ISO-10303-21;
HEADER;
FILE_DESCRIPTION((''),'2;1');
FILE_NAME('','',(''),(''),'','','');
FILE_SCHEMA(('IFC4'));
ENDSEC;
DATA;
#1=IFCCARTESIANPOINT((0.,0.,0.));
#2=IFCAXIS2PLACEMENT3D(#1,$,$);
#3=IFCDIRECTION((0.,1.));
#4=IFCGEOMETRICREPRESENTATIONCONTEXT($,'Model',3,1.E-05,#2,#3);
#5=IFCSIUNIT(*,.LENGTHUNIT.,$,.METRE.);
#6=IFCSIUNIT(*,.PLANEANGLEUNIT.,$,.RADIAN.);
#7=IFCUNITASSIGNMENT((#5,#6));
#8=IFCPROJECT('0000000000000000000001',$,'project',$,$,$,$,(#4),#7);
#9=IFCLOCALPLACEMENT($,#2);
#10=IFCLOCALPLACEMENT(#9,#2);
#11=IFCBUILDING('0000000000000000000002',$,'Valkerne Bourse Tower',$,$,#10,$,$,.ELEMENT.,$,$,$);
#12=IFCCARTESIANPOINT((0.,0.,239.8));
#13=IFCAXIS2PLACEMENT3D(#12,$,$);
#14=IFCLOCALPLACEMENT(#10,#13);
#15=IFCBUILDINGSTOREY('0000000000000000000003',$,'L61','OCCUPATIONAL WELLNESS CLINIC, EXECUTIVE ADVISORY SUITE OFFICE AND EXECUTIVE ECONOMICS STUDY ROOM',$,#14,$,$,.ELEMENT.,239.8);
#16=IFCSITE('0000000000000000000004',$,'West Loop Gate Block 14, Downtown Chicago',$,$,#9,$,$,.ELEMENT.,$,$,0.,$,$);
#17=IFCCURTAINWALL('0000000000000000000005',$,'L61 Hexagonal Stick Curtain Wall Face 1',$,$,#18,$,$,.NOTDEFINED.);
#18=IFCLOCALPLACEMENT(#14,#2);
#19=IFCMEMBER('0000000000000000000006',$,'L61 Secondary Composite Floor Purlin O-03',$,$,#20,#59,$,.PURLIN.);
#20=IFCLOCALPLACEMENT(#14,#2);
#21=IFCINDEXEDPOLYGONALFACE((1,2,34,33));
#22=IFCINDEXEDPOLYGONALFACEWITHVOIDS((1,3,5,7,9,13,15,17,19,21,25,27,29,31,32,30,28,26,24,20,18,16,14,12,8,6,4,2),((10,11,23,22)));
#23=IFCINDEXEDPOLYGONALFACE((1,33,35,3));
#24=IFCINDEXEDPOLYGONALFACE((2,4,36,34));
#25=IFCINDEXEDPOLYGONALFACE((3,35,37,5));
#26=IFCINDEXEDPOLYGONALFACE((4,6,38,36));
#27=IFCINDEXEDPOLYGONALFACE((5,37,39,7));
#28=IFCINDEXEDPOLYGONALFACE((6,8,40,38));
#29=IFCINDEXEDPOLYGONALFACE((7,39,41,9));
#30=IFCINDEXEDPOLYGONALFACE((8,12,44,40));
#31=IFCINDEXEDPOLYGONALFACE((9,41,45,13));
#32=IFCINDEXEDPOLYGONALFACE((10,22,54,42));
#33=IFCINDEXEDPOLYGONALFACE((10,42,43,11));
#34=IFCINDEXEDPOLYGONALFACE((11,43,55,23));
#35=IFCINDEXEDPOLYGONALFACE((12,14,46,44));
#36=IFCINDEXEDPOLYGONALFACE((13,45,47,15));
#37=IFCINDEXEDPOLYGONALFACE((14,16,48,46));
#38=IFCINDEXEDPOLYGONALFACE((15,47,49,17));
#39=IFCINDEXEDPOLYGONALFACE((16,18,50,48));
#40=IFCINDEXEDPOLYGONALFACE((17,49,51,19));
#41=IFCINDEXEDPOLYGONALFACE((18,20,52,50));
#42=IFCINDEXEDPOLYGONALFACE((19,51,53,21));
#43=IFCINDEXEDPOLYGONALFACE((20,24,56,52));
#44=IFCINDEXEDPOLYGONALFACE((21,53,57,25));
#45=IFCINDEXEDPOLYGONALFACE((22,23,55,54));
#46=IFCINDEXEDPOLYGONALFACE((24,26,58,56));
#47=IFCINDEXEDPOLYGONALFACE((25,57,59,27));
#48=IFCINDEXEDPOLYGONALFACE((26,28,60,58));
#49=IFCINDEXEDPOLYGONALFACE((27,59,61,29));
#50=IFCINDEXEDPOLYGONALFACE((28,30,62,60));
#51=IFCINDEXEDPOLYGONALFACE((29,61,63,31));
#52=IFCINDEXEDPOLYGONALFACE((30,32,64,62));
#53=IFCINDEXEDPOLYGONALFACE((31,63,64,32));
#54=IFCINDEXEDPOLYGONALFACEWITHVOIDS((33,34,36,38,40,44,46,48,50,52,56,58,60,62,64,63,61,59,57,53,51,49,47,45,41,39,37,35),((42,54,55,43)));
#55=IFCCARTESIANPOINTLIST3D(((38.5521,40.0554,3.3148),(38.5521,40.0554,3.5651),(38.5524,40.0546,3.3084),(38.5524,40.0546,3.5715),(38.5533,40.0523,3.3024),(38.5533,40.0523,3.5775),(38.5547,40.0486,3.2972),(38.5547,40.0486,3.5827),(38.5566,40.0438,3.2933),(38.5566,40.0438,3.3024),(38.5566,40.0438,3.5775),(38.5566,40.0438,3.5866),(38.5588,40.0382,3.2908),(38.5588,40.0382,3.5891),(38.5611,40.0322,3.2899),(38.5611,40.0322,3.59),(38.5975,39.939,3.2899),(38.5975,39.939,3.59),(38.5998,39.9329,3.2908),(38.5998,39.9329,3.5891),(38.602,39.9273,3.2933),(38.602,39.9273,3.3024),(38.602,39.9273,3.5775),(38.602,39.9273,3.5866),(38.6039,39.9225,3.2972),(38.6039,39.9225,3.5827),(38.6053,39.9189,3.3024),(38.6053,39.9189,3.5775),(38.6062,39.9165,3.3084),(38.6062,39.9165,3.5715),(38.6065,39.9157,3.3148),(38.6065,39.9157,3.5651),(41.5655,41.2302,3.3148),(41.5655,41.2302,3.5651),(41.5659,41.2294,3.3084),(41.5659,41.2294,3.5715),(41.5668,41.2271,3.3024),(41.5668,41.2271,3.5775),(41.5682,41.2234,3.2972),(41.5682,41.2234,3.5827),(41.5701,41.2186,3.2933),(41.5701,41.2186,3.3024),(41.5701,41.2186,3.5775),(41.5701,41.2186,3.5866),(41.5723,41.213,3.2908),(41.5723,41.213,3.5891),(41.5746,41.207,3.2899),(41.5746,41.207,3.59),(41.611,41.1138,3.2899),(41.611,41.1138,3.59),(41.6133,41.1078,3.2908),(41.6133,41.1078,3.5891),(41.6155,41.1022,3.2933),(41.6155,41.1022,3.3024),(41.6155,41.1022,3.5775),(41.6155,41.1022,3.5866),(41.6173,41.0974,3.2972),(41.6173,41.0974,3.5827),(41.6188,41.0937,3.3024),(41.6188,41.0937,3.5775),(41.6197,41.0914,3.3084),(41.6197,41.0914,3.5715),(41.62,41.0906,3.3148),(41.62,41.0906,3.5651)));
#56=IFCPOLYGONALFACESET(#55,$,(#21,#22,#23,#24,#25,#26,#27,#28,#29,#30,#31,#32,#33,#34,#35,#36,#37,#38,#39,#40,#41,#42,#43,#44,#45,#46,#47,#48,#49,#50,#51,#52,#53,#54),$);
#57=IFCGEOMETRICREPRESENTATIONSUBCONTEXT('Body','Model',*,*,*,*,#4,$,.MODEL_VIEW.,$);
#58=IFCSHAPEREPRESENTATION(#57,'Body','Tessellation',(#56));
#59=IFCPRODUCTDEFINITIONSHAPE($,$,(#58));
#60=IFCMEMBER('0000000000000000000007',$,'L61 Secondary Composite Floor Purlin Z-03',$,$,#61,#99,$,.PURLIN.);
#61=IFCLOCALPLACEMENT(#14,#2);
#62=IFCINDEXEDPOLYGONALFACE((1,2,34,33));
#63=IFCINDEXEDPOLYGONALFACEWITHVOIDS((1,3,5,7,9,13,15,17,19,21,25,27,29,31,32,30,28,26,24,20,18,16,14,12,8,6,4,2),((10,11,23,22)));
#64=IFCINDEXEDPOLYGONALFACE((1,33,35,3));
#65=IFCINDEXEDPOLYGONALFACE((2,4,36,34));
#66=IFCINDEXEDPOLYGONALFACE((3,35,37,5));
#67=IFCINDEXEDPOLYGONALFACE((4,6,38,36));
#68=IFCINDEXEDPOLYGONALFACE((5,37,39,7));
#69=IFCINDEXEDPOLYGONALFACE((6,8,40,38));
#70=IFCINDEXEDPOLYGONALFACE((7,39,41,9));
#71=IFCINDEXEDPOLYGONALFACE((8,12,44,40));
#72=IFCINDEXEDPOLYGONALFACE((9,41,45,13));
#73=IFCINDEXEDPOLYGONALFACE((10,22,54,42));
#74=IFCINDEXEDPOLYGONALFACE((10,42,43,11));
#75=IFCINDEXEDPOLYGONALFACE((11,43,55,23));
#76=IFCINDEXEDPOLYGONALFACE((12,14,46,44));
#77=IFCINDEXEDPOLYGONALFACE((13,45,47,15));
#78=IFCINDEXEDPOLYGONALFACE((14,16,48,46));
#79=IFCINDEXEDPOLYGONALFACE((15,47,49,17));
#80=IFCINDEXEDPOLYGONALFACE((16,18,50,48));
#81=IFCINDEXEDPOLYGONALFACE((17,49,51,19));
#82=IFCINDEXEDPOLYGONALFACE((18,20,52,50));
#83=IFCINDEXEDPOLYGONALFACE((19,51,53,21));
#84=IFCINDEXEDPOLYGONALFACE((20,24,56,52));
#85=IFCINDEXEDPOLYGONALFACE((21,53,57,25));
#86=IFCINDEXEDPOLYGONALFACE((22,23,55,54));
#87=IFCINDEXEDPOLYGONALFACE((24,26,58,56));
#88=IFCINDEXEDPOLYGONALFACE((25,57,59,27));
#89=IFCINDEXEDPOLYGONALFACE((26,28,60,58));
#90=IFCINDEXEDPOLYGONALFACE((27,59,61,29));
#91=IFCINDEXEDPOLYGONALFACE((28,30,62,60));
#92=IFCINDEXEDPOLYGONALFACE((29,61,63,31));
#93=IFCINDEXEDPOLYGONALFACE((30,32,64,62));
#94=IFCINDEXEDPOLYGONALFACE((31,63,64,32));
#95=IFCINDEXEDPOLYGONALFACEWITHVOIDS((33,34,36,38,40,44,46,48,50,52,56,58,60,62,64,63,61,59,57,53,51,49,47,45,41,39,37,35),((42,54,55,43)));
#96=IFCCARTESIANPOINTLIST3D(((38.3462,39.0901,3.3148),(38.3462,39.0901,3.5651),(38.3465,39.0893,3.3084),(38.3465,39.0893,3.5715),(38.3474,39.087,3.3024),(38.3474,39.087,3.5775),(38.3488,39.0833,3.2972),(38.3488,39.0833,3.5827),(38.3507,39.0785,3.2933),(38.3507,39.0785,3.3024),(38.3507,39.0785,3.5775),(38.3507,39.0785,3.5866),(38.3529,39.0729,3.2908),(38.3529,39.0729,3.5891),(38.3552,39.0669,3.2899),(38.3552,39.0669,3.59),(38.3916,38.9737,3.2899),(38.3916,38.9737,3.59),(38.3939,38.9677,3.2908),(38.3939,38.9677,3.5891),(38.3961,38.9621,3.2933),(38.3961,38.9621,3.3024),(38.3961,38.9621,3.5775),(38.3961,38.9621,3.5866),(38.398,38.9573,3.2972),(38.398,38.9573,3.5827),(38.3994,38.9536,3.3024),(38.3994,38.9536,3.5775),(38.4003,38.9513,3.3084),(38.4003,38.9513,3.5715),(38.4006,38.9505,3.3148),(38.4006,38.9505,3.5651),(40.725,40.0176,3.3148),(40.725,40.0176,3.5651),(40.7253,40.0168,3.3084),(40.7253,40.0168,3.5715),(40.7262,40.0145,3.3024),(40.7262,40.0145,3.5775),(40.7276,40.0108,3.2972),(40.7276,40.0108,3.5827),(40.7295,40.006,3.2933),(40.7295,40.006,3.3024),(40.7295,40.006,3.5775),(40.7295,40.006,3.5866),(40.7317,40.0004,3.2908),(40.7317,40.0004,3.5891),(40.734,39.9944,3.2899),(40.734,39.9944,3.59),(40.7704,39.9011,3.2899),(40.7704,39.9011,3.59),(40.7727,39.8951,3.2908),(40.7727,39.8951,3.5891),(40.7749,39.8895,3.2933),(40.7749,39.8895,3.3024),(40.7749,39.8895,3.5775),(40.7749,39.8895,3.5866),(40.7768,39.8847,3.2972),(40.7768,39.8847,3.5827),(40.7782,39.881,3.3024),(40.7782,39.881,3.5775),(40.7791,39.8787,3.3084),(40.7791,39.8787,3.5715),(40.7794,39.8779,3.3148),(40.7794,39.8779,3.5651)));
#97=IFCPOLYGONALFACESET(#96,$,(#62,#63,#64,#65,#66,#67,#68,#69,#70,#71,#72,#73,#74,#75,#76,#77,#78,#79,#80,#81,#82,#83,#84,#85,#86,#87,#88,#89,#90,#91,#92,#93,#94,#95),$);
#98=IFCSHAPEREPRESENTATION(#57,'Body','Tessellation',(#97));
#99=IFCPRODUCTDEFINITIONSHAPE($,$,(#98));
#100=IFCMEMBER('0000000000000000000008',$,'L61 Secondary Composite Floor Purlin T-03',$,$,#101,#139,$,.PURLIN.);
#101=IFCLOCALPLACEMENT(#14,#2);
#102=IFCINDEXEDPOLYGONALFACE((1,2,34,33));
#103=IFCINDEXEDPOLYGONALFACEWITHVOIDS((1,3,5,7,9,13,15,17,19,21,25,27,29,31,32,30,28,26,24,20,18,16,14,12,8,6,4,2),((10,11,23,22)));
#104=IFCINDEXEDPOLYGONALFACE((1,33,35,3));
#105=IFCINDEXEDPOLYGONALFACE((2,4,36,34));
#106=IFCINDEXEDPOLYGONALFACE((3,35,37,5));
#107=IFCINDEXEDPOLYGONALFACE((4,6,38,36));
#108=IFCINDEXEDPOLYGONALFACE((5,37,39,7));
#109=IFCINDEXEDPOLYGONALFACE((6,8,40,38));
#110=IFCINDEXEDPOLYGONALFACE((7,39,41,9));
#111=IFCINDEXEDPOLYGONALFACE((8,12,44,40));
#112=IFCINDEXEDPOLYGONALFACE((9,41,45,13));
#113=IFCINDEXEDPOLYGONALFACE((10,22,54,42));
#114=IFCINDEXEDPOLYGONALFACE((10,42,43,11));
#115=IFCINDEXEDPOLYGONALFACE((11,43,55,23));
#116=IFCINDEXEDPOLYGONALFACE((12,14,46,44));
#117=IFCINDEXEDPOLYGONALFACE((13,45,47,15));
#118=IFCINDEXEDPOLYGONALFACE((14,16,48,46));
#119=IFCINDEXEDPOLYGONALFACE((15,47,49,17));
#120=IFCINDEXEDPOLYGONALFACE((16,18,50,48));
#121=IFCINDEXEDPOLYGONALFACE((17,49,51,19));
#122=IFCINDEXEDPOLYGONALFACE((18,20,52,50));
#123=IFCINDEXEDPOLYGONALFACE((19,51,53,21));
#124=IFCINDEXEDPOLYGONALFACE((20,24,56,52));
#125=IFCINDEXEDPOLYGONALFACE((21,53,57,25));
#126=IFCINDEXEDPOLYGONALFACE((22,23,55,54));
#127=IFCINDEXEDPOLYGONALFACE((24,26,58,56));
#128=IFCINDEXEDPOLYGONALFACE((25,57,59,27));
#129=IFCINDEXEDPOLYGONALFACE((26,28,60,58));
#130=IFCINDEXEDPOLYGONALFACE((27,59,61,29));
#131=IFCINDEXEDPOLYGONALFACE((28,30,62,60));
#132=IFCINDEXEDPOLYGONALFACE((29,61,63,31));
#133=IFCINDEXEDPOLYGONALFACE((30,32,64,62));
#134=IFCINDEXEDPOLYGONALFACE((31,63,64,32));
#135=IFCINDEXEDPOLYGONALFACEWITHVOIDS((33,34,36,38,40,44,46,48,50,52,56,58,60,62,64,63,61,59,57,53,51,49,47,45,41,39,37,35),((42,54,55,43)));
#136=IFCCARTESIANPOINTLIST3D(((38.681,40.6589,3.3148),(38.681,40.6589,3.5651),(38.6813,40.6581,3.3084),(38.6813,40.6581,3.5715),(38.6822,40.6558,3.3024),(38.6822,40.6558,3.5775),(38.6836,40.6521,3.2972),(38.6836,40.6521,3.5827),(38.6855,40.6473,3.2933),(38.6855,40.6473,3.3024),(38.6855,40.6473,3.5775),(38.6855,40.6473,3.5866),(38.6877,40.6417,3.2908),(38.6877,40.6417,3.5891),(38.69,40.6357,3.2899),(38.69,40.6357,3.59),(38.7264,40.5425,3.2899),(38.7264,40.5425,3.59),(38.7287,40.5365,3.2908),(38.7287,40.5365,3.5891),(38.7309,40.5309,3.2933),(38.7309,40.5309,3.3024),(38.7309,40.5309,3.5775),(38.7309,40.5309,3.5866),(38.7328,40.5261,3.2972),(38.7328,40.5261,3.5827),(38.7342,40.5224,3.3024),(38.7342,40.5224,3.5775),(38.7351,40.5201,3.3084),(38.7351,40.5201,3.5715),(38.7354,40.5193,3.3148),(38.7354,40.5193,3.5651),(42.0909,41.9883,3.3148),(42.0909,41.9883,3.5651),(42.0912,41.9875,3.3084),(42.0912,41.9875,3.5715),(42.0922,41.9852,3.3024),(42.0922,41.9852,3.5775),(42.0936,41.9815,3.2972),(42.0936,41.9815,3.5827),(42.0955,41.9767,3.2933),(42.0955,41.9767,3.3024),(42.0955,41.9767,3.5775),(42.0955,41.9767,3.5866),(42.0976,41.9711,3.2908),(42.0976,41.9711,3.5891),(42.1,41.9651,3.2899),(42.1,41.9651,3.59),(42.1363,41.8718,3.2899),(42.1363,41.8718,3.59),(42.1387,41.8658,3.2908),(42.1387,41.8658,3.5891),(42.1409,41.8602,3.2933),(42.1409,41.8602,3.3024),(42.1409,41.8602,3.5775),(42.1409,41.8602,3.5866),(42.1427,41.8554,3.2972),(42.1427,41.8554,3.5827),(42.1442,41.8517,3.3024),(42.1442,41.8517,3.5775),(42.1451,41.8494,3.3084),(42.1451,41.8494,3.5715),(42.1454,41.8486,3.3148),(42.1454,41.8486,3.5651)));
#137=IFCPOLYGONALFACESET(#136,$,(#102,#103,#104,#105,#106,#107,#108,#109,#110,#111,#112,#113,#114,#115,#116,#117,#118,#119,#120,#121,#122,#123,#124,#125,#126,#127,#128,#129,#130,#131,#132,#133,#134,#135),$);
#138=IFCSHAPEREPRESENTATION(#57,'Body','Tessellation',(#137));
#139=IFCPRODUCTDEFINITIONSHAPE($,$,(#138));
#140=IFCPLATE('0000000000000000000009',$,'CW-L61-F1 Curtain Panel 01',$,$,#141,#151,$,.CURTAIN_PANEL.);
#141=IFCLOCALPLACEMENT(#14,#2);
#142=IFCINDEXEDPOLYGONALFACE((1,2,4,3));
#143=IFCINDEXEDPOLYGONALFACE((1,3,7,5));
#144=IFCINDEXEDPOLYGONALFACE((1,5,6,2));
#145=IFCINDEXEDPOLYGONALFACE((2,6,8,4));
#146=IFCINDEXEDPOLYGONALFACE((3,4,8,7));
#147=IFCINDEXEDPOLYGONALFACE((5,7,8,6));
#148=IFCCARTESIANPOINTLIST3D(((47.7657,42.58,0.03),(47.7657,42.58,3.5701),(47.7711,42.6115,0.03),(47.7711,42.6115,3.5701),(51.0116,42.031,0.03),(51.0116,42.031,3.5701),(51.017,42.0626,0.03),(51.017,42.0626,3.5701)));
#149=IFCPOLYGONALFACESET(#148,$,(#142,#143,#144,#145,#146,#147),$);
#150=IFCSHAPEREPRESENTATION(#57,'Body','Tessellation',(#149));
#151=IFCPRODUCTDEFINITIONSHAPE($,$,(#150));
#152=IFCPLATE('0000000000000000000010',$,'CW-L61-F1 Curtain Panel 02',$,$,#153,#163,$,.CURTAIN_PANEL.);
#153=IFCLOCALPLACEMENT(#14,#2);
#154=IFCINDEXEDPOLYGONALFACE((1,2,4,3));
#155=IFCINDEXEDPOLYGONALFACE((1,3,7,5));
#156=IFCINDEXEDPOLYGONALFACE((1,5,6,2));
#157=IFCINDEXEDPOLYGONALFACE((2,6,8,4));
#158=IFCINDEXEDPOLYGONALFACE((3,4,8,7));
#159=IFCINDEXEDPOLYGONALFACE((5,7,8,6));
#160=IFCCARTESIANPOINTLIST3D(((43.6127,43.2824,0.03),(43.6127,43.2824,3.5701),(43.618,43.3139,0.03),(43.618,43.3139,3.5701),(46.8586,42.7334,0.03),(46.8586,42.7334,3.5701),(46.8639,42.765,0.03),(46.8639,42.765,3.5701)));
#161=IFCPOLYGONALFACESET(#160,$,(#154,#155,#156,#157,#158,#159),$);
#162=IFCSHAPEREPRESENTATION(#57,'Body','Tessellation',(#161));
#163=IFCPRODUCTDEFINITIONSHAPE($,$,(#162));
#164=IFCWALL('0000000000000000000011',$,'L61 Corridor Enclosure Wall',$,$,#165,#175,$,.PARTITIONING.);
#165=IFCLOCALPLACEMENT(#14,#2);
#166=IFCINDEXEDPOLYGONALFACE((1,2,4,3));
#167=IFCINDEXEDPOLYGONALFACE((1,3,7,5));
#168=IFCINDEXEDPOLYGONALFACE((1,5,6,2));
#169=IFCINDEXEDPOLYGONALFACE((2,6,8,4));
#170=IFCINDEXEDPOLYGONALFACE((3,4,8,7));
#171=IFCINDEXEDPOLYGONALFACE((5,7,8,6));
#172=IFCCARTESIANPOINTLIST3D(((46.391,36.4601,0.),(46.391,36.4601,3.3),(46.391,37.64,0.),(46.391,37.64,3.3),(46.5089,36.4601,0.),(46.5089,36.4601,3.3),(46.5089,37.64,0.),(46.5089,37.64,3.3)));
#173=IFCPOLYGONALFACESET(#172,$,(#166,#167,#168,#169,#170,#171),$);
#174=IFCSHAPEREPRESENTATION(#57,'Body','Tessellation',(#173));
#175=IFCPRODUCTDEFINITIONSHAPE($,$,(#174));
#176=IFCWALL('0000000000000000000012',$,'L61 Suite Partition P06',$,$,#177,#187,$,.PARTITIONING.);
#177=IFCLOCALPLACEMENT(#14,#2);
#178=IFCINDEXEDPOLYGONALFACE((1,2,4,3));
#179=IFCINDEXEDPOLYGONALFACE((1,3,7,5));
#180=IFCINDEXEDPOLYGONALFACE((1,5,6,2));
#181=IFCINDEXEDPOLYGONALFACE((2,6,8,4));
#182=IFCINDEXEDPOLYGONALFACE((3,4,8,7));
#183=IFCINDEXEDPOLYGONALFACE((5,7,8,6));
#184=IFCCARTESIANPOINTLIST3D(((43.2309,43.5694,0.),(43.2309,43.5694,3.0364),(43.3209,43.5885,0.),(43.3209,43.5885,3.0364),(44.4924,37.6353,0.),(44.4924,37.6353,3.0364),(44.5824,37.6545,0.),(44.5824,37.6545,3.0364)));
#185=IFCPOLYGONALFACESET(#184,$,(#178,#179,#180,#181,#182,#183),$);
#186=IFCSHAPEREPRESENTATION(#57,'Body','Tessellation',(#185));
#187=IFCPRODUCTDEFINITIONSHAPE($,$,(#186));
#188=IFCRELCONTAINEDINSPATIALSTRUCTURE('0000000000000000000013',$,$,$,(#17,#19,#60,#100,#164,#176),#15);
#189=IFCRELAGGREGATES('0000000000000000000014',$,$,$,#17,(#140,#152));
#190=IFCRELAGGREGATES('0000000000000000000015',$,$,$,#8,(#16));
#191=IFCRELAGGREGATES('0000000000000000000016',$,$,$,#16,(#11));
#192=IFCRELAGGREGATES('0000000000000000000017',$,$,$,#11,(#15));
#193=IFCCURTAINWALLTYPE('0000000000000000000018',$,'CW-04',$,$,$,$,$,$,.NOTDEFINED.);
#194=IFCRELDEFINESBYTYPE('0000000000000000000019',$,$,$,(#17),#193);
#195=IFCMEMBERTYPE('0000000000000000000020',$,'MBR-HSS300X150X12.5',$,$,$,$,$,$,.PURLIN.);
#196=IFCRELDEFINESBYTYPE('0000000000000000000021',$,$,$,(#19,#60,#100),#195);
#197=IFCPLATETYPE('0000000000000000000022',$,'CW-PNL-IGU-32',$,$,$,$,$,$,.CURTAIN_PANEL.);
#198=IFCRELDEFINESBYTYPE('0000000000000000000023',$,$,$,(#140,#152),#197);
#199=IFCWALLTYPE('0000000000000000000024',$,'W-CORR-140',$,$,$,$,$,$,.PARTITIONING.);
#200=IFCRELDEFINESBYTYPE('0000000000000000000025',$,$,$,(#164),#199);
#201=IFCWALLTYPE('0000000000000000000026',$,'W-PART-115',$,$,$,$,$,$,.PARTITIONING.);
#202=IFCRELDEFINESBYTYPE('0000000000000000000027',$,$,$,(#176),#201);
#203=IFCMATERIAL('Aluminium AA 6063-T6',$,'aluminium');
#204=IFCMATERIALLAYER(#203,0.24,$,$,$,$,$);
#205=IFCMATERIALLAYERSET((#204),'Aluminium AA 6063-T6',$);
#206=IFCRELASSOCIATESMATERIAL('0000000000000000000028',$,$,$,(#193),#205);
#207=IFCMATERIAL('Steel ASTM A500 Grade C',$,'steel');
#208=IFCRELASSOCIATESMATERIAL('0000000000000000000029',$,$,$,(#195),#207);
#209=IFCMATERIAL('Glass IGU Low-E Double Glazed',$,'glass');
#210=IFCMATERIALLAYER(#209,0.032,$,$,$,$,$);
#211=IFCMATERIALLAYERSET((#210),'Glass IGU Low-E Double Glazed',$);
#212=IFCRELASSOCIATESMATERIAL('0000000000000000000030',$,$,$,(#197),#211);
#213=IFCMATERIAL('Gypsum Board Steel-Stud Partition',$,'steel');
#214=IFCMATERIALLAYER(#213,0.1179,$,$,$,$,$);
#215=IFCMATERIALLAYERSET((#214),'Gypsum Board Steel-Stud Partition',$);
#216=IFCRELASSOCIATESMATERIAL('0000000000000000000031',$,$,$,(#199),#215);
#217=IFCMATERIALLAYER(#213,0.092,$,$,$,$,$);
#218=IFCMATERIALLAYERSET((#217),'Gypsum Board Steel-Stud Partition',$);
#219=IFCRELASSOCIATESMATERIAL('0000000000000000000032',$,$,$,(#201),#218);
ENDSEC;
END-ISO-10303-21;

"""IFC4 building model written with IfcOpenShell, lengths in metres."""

from ifc_helpers import new_model, si_unit, direction, frame, frame_2d, origin, origin_2d, place, context, subcontext, project, spatial, rectangle, hollow_rectangle, extrude, material, layer, layer_set, material_profile, profile_set, type_object, element, aggregate, save


model = new_model("IFC4")

# Units and contexts
model_context = context("Model", 3, precision=1e-05, world=origin(), true_north=direction((0.0, 1.0)))
body_context = subcontext(model_context, "Body", "Model", "MODEL_VIEW")
ifc_project = project(units=[si_unit("LENGTHUNIT", "METRE"), si_unit("PLANEANGLEUNIT", "RADIAN")], contexts=[model_context])

# Site, building, storey
site_placement = place(None, origin())
site = spatial("IfcSite", under=ifc_project, at=site_placement, Name="West Loop Gate Block 14, Downtown Chicago", CompositionType="ELEMENT", RefElevation=0.0)
building_placement = place(site_placement, origin())
building = spatial("IfcBuilding", under=site, at=building_placement, Name="Valkerne Bourse Tower", CompositionType="ELEMENT")
storey_placement = place(building_placement, frame((0.0, 0.0, 239.8)))
storey = spatial("IfcBuildingStorey", under=building, at=storey_placement, Name="L61", Description="OCCUPATIONAL WELLNESS CLINIC, EXECUTIVE ADVISORY SUITE OFFICE AND EXECUTIVE ECONOMICS STUDY ROOM", CompositionType="ELEMENT", Elevation=239.8)

# Curtain wall
ifc_material_1 = material(Name="Aluminium AA 6063-T6", Category="aluminium")
ifc_layer_1 = layer(ifc_material_1, 0.24)
ifc_layer_set_1 = layer_set([ifc_layer_1], Name="Aluminium AA 6063-T6")
curtain_wall_type = type_object("IfcCurtainWallType", Name="CW-04", PredefinedType="NOTDEFINED", material=ifc_layer_set_1)
curtain_wall_placement = place(storey_placement, origin())
curtain_wall = element("IfcCurtainWall", 1, at=curtain_wall_placement, inside=storey, type_object=curtain_wall_type, Name="L61 Hexagonal Stick Curtain Wall Face 1", PredefinedType="NOTDEFINED")

# Members
ifc_material_2 = material(Name="Steel ASTM A500 Grade C", Category="steel")
ifc_material_profile_1 = material_profile(ifc_material_2, hollow_rectangle(XDim=0.1499, YDim=0.3, WallThickness=0.0125, OuterFilletRadius=0.0249, at=origin_2d()), Name="HSS300X150X12.5")
ifc_profile_set_1 = profile_set([ifc_material_profile_1], Name="Steel ASTM A500 Grade C")
member_type_1 = type_object("IfcMemberType", Name="MBR-HSS300X150X12.5", PredefinedType="PURLIN", material=ifc_profile_set_1)
member_1_placement = place(storey_placement, frame((41.5928, 41.1604, 3.4399), z_axis=(-0.9317, -0.363229, 0.0), x_axis=(0.363229, -0.9317, 0.0)))
element("IfcMember", 2, at=member_1_placement, inside=storey, type_object=member_type_1, Name="L61 Secondary Composite Floor Purlin O-03", PredefinedType="PURLIN", context=body_context, shape_type="SweptSolid", body=[
    extrude(hollow_rectangle(XDim=0.1499, YDim=0.3, WallThickness=0.0125, OuterFilletRadius=0.0249, at=origin_2d()), origin(), (0.0, 0.0, 1.0), 3.2344),
])
member_2_placement = place(storey_placement, frame((40.7522, 39.9478, 3.4399), z_axis=(-0.931692, -0.363249, 0.0), x_axis=(0.363249, -0.931692, 0.0)))
element("IfcMember", 3, at=member_2_placement, inside=storey, type_object=member_type_1, Name="L61 Secondary Composite Floor Purlin Z-03", PredefinedType="PURLIN", context=body_context, shape_type="SweptSolid", body=[
    extrude(hollow_rectangle(XDim=0.1499, YDim=0.3, WallThickness=0.0125, OuterFilletRadius=0.0249, at=origin_2d()), origin(), (0.0, 0.0, 1.0), 2.5532),
])
member_3_placement = place(storey_placement, frame((42.1182, 41.9185, 3.4399), z_axis=(-0.931703, -0.363222, 0.0), x_axis=(0.363222, -0.931703, 0.0)))
element("IfcMember", 4, at=member_3_placement, inside=storey, type_object=member_type_1, Name="L61 Secondary Composite Floor Purlin T-03", PredefinedType="PURLIN", context=body_context, shape_type="SweptSolid", body=[
    extrude(hollow_rectangle(XDim=0.1499, YDim=0.3, WallThickness=0.0125, OuterFilletRadius=0.0249, at=origin_2d()), origin(), (0.0, 0.0, 1.0), 3.6599),
])

# Plates
ifc_material_3 = material(Name="Glass IGU Low-E Double Glazed", Category="glass")
ifc_layer_2 = layer(ifc_material_3, 0.032)
ifc_layer_set_2 = layer_set([ifc_layer_2], Name="Glass IGU Low-E Double Glazed")
plate_type = type_object("IfcPlateType", Name="CW-PNL-IGU-32", PredefinedType="CURTAIN_PANEL", material=ifc_layer_set_2)
plate_1_placement = place(storey_placement, frame((49.3914, 42.3213, 0.03), z_axis=(0.0, 0.0, 1.0), x_axis=(-0.985997, 0.166762, 0.0)))
plate_1 = element("IfcPlate", 5, at=plate_1_placement, type_object=plate_type, Name="CW-L61-F1 Curtain Panel 01", PredefinedType="CURTAIN_PANEL", context=body_context, shape_type="SweptSolid", body=[
    extrude(rectangle(XDim=3.292, YDim=0.032, at=origin_2d()), origin(), (0.0, 0.0, 1.0), 3.54),
])
plate_2_placement = place(storey_placement, frame((45.2383, 43.0237, 0.03), z_axis=(0.0, 0.0, 1.0), x_axis=(-0.985997, 0.166762, 0.0)))
plate_2 = element("IfcPlate", 6, at=plate_2_placement, type_object=plate_type, Name="CW-L61-F1 Curtain Panel 02", PredefinedType="CURTAIN_PANEL", context=body_context, shape_type="SweptSolid", body=[
    extrude(rectangle(XDim=3.292, YDim=0.032, at=origin_2d()), origin(), (0.0, 0.0, 1.0), 3.54),
])
aggregate(curtain_wall, [plate_1, plate_2])

# Walls
ifc_material_4 = material(Name="Gypsum Board Steel-Stud Partition", Category="steel")
ifc_layer_3 = layer(ifc_material_4, 0.1179)
ifc_layer_set_3 = layer_set([ifc_layer_3], Name="Gypsum Board Steel-Stud Partition")
wall_type_1 = type_object("IfcWallType", Name="W-CORR-140", PredefinedType="PARTITIONING", material=ifc_layer_set_3)
wall_1_placement = place(storey_placement, frame((46.45, 37.6399, 0.0), z_axis=(0.0, 0.0, 1.0), x_axis=(0.0, -1.0, 0.0)))
element("IfcWall", 7, at=wall_1_placement, inside=storey, type_object=wall_type_1, Name="L61 Corridor Enclosure Wall", PredefinedType="PARTITIONING", context=body_context, shape_type="SweptSolid", body=[
    extrude(rectangle(XDim=1.1799, YDim=0.1179, at=frame_2d((0.5898, 0.0))), origin(), (0.0, 0.0, 1.0), 3.3),
])
ifc_layer_4 = layer(ifc_material_4, 0.092)
ifc_layer_set_4 = layer_set([ifc_layer_4], Name="Gypsum Board Steel-Stud Partition")
wall_type_2 = type_object("IfcWallType", Name="W-PART-115", PredefinedType="PARTITIONING", material=ifc_layer_set_4)
wall_2_placement = place(storey_placement, frame((44.5374, 37.645, 0.0), z_axis=(0.0, 0.0, 1.0), x_axis=(-0.207935, 0.978143, 0.0)))
element("IfcWall", 8, at=wall_2_placement, inside=storey, type_object=wall_type_2, Name="L61 Suite Partition P06", PredefinedType="PARTITIONING", context=body_context, shape_type="SweptSolid", body=[
    extrude(rectangle(XDim=6.0667, YDim=0.092, at=frame_2d((3.0332, 0.0))), origin(), (0.0, 0.0, 1.0), 3.0364),
])

save(model, "model.ifc")
